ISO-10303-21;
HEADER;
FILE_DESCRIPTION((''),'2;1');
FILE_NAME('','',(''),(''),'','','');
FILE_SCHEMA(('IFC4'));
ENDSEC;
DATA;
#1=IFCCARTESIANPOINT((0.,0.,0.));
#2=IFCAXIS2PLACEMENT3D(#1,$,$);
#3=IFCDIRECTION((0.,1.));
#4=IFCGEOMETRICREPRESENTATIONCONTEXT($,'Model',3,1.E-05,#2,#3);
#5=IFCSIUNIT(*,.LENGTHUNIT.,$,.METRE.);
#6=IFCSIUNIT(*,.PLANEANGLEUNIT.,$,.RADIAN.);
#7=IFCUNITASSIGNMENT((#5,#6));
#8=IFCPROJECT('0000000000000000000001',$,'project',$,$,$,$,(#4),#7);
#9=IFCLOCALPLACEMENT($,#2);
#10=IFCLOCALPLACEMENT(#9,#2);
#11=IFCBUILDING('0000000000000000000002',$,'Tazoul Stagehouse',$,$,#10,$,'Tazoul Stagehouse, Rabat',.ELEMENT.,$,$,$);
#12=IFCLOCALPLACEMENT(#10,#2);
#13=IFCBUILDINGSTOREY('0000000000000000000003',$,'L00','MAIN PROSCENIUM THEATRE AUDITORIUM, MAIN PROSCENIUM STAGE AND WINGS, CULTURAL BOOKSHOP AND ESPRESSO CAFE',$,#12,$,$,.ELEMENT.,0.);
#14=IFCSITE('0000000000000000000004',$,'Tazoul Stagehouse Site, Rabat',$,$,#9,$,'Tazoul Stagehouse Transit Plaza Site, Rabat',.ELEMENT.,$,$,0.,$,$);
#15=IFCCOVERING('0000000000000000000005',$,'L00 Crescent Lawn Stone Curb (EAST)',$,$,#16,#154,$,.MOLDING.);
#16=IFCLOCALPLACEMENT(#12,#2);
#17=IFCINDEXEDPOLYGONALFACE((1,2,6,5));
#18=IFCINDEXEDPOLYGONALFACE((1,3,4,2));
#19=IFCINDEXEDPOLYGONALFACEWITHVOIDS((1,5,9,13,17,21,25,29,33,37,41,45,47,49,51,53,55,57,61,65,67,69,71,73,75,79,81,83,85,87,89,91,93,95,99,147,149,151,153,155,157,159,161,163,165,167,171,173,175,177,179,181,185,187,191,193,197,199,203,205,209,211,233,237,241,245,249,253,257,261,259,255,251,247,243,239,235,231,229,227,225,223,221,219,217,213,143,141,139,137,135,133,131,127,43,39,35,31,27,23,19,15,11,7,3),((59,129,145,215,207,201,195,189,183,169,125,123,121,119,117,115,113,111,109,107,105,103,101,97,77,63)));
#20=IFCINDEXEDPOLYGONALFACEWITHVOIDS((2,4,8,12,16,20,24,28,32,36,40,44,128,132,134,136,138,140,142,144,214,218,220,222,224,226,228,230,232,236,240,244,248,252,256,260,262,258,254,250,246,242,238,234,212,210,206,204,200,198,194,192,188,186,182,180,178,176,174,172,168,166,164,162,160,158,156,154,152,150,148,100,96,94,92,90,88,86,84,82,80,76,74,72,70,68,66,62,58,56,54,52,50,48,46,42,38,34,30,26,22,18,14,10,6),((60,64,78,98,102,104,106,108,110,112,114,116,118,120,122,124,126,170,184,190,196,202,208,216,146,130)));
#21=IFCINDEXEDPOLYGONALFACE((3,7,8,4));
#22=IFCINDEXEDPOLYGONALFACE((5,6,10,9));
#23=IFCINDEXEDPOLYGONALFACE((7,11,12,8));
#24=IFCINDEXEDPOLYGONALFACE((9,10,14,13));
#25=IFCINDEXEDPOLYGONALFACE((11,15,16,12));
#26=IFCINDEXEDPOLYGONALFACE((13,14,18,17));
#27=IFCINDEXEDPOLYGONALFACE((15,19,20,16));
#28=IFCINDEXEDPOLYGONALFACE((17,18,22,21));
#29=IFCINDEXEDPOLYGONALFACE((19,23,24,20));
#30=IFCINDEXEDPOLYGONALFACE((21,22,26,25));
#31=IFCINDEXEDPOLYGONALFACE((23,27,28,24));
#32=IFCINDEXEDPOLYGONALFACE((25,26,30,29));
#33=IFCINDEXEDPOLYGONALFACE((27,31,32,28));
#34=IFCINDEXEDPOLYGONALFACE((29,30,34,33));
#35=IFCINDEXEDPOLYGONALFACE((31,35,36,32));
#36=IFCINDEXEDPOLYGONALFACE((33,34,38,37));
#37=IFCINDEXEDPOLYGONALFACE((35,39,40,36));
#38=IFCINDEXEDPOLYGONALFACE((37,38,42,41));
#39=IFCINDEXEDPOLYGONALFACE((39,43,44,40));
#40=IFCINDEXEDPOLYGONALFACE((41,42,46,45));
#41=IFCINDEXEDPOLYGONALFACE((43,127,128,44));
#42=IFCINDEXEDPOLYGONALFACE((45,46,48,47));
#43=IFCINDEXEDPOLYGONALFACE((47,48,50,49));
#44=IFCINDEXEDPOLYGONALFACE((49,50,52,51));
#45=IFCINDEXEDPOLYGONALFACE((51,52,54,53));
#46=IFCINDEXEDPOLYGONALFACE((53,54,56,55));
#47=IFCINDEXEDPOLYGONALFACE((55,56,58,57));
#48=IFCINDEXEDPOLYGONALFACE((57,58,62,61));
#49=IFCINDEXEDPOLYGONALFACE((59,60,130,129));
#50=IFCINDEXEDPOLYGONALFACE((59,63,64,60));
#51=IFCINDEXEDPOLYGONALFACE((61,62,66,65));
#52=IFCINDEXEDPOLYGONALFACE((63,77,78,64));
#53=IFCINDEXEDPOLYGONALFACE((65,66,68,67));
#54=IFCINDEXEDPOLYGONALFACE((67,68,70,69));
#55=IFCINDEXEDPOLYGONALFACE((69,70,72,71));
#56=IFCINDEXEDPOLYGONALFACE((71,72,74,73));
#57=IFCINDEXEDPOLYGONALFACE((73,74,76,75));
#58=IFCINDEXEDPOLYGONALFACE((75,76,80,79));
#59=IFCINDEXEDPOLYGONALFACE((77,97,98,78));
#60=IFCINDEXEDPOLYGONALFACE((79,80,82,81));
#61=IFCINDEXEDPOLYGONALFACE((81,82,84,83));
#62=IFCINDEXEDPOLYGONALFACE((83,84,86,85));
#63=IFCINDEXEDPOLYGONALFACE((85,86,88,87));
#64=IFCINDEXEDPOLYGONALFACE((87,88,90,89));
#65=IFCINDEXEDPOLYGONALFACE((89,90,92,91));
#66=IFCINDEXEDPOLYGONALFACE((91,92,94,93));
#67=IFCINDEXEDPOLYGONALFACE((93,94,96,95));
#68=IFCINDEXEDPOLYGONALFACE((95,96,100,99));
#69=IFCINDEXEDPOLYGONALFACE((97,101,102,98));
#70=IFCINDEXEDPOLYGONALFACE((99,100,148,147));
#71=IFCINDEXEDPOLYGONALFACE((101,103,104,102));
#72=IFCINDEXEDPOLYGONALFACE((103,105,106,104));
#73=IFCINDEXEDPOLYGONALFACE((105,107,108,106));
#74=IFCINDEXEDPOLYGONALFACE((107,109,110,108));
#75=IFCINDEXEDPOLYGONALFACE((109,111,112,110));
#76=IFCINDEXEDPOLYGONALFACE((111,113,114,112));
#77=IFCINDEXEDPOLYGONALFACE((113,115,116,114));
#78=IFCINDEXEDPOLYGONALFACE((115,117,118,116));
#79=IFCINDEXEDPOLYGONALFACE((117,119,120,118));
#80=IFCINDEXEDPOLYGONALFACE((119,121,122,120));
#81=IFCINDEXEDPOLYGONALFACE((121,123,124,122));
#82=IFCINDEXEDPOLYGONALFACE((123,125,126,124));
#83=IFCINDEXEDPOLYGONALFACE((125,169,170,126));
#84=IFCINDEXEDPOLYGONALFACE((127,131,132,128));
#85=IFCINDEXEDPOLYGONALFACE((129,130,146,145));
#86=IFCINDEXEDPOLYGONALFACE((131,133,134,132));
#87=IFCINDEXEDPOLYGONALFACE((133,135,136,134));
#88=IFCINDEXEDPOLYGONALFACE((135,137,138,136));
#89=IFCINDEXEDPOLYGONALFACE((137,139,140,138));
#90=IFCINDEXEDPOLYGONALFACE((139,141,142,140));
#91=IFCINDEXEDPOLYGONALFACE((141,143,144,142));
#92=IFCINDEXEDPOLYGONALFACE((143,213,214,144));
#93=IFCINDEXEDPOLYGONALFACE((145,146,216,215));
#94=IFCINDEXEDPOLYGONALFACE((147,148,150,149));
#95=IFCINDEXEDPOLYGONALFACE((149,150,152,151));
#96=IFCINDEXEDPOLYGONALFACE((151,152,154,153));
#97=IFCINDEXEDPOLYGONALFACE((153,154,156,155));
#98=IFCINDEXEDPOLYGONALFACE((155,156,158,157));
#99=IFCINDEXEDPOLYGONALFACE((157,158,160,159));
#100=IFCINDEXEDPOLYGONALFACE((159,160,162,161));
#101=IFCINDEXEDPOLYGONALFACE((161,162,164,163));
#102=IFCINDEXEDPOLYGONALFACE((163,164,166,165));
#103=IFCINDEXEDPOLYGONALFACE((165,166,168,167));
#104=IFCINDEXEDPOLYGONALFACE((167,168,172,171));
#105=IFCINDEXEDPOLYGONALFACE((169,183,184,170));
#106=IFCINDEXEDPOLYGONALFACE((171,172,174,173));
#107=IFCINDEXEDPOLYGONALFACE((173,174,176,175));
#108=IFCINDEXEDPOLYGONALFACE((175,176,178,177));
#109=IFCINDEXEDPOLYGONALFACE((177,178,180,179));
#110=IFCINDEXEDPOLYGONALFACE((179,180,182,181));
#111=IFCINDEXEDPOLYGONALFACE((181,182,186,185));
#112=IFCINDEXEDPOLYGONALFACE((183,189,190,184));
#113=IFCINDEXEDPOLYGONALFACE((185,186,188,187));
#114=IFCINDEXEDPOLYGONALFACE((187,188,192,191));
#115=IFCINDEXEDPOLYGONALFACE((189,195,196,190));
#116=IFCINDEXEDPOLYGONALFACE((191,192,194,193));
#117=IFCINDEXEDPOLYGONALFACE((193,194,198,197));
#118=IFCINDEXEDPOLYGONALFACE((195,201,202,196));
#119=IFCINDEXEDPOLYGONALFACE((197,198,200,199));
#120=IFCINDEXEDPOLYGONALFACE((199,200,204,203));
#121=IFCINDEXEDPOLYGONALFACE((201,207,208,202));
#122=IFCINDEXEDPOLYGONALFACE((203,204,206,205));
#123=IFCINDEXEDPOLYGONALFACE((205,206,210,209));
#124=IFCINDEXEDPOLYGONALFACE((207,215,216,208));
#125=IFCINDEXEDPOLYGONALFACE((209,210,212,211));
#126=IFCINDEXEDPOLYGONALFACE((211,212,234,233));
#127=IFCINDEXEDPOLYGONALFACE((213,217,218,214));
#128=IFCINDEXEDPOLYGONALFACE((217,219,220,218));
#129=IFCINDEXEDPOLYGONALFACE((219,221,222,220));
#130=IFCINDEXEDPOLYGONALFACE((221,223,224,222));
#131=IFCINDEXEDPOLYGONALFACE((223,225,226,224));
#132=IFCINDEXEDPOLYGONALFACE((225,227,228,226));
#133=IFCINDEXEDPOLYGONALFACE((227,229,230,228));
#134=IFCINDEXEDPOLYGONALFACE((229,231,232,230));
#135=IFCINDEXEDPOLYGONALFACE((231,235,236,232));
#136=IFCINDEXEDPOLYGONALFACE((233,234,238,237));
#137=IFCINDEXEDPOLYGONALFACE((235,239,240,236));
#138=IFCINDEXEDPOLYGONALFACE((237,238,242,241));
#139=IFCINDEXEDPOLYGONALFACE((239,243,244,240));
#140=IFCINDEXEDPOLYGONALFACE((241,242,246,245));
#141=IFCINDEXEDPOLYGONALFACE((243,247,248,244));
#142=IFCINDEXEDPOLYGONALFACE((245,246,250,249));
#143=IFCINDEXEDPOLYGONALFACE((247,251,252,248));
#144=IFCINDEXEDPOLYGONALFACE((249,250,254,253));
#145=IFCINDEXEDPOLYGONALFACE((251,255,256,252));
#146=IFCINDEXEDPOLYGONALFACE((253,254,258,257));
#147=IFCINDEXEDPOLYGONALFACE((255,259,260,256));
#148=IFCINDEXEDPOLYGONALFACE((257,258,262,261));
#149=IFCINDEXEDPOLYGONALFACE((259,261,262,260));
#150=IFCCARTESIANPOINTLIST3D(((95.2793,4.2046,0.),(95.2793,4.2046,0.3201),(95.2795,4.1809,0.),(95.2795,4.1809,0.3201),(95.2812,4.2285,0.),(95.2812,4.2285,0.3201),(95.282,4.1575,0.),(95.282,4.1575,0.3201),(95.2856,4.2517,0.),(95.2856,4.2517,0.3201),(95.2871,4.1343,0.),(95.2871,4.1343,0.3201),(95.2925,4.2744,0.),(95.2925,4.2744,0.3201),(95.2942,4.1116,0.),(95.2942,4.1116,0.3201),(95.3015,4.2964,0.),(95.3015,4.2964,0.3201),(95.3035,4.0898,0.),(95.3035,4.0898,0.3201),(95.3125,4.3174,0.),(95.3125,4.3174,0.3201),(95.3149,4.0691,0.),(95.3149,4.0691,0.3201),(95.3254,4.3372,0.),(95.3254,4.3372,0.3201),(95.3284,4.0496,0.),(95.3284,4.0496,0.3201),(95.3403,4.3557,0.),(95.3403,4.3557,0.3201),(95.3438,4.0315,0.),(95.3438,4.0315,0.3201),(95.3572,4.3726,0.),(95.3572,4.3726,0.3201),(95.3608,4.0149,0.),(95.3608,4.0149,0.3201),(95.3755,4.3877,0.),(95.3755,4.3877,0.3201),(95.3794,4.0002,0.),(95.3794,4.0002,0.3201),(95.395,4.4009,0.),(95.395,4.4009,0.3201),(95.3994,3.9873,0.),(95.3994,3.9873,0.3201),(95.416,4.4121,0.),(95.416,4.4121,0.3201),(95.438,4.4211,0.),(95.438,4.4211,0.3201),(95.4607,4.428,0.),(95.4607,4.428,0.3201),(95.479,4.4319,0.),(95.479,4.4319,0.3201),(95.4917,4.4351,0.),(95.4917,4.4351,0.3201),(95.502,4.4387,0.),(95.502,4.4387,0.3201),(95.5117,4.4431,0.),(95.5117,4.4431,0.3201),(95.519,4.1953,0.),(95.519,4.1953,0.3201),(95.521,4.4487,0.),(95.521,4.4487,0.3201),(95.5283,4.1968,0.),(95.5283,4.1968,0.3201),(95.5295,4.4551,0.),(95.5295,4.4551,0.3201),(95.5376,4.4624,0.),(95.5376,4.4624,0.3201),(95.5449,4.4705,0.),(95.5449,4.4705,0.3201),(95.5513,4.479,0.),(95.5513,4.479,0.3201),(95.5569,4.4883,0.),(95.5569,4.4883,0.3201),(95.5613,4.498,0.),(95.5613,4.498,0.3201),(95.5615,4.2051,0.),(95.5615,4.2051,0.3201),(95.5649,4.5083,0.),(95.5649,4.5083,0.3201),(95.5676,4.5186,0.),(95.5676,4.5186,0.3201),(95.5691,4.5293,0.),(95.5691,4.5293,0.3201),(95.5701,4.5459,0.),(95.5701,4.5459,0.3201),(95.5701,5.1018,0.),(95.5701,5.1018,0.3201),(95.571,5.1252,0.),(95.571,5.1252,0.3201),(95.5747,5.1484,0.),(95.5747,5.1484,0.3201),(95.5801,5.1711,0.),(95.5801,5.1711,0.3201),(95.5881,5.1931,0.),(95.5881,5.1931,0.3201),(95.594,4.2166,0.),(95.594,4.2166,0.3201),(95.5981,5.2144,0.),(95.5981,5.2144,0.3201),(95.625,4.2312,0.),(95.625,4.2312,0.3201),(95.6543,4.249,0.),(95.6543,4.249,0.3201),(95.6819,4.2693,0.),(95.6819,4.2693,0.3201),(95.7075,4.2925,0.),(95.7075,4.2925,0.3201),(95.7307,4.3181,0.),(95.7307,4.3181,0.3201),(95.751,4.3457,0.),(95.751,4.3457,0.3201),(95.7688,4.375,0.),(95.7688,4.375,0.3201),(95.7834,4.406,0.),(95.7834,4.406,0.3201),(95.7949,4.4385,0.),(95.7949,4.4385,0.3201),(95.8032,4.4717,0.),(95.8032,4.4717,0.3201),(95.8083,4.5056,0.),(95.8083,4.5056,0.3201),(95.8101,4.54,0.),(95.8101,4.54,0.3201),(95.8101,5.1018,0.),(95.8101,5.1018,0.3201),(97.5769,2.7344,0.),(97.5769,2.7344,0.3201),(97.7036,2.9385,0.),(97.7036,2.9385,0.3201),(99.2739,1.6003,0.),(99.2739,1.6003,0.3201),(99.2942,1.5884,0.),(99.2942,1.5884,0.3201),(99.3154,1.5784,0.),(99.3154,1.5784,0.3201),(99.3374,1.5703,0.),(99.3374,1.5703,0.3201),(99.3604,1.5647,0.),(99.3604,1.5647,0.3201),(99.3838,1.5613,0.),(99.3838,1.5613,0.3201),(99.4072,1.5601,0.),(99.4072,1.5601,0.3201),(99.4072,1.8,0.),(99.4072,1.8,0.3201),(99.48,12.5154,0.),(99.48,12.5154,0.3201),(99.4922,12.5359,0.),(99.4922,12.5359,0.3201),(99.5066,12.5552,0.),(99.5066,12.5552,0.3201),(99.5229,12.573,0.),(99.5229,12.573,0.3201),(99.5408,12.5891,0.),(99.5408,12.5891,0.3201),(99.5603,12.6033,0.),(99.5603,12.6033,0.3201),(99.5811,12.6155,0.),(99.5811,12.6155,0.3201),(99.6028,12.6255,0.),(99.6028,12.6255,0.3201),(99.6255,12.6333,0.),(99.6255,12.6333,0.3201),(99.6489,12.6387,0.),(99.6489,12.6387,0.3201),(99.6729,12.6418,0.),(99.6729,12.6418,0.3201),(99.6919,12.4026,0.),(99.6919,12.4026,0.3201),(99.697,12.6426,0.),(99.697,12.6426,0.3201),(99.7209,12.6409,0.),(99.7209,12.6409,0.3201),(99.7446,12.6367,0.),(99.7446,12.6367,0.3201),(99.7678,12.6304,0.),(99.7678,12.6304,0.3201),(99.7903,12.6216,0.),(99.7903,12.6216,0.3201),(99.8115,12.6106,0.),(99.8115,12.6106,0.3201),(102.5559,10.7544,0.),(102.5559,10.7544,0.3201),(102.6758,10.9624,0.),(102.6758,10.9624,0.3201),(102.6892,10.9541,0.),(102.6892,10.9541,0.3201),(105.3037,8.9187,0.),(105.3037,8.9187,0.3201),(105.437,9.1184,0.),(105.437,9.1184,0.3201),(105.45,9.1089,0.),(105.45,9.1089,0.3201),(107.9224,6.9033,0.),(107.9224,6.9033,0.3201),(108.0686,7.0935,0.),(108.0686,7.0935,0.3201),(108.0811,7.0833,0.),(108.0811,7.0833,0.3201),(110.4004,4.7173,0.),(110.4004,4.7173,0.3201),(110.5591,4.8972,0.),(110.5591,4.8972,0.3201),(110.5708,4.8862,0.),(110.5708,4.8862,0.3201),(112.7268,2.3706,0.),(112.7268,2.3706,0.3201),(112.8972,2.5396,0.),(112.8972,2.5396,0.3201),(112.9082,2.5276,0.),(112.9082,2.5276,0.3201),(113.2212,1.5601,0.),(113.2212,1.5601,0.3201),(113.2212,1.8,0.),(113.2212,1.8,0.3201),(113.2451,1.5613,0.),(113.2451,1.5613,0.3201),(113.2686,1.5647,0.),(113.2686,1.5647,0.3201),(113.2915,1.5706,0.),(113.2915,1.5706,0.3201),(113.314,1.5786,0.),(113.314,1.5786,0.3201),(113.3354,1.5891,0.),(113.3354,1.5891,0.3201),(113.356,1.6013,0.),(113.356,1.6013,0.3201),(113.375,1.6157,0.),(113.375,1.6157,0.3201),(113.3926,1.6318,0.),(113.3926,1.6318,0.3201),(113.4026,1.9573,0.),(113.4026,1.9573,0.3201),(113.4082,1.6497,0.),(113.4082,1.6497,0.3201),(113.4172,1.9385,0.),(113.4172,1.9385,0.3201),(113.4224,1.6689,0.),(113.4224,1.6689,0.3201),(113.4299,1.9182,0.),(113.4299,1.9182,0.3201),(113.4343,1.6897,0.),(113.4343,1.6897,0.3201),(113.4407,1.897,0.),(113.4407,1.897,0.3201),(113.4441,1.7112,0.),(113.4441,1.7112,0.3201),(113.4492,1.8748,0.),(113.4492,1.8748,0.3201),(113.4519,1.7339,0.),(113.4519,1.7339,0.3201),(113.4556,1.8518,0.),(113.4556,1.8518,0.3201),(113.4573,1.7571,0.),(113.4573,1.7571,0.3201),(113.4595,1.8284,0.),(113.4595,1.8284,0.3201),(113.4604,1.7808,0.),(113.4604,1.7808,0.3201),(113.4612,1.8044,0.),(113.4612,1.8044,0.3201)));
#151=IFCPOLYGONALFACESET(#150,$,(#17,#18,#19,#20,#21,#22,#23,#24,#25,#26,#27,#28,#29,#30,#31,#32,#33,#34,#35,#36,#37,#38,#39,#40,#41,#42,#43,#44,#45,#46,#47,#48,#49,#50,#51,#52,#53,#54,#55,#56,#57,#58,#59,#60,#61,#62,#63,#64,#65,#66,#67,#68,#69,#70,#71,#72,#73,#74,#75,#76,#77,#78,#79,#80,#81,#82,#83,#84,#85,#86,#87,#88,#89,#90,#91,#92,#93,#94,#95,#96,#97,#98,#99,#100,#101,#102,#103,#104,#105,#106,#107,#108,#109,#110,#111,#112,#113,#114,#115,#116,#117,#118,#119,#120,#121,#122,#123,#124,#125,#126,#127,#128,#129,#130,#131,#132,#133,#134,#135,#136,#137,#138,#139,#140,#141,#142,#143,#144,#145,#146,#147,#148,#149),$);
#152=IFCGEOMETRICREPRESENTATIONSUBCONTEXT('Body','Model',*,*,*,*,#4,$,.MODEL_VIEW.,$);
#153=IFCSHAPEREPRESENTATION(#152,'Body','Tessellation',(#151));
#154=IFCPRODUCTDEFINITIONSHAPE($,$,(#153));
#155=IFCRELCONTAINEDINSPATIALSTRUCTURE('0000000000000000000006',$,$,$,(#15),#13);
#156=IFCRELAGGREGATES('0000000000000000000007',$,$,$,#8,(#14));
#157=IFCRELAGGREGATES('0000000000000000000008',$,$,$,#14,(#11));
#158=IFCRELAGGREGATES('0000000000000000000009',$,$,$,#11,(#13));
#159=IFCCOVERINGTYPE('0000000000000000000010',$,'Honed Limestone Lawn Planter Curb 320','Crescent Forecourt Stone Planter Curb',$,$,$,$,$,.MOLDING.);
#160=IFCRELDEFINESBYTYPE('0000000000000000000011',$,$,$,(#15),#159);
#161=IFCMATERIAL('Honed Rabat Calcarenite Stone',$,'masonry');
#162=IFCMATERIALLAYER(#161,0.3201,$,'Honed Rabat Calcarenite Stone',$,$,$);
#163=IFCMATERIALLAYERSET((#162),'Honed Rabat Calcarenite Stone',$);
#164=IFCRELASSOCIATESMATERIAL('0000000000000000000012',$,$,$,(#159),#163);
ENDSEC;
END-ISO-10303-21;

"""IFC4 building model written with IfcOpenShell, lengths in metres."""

from ifc_helpers import new_model, si_unit, direction, origin, place, context, subcontext, project, spatial, polyline, outline, extrude, material, layer, layer_set, type_object, element, save


model = new_model("IFC4")

# Units and contexts
model_context = context("Model", 3, precision=1e-05, world=origin(), true_north=direction((0.0, 1.0)))
body_context = subcontext(model_context, "Body", "Model", "MODEL_VIEW")
ifc_project = project(units=[si_unit("LENGTHUNIT", "METRE"), si_unit("PLANEANGLEUNIT", "RADIAN")], contexts=[model_context])

# Site, building, storey
site_placement = place(None, origin())
site = spatial("IfcSite", under=ifc_project, at=site_placement, Name="Tazoul Stagehouse Site, Rabat", LongName="Tazoul Stagehouse Transit Plaza Site, Rabat", CompositionType="ELEMENT", RefElevation=0.0)
building_placement = place(site_placement, origin())
building = spatial("IfcBuilding", under=site, at=building_placement, Name="Tazoul Stagehouse", LongName="Tazoul Stagehouse, Rabat", CompositionType="ELEMENT")
storey_placement = place(building_placement, origin())
storey = spatial("IfcBuildingStorey", under=building, at=storey_placement, Name="L00", Description="MAIN PROSCENIUM THEATRE AUDITORIUM, MAIN PROSCENIUM STAGE AND WINGS, CULTURAL BOOKSHOP AND ESPRESSO CAFE", CompositionType="ELEMENT", Elevation=0.0)

# Covering
ifc_material_1 = material(Name="Honed Rabat Calcarenite Stone", Category="masonry")
ifc_layer_1 = layer(ifc_material_1, 0.3201, Name="Honed Rabat Calcarenite Stone")
ifc_layer_set_1 = layer_set([ifc_layer_1], Name="Honed Rabat Calcarenite Stone")
covering_type_1 = type_object("IfcCoveringType", Name="Honed Limestone Lawn Planter Curb 320", Description="Crescent Forecourt Stone Planter Curb", PredefinedType="MOLDING", material=ifc_layer_set_1)
covering_1_placement = place(storey_placement, origin())
element("IfcCovering", 1, at=covering_1_placement, inside=storey, type_object=covering_type_1, Name="L00 Crescent Lawn Stone Curb (EAST)", PredefinedType="MOLDING", context=body_context, shape_type="SweptSolid", body=[
    extrude(outline(polyline([(95.4917, 4.4351), (95.502, 4.4387), (95.5117, 4.4431), (95.521, 4.4487), (95.5295, 4.4551), (95.5376, 4.4624), (95.5449, 4.4705), (95.5513, 4.479), (95.5569, 4.4883), (95.5613, 4.498), (95.5649, 4.5083), (95.5676, 4.5186), (95.5691, 4.5293), (95.5701, 4.5459), (95.5701, 5.1018), (95.571, 5.1252), (95.5747, 5.1484), (95.5801, 5.1711), (95.5881, 5.1931), (95.5981, 5.2144), (99.48, 12.5154), (99.4922, 12.5359), (99.5066, 12.5552), (99.5229, 12.573), (99.5408, 12.5891), (99.5603, 12.6033), (99.5811, 12.6155), (99.6028, 12.6255), (99.6255, 12.6333), (99.6489, 12.6387), (99.6729, 12.6418), (99.697, 12.6426), (99.7209, 12.6409), (99.7446, 12.6367), (99.7678, 12.6304), (99.7903, 12.6216), (99.8115, 12.6106), (102.6758, 10.9624), (102.6892, 10.9541), (105.437, 9.1184), (105.45, 9.1089), (108.0686, 7.0935), (108.0811, 7.0833), (110.5591, 4.8972), (110.5708, 4.8862), (112.8972, 2.5396), (112.9082, 2.5276), (113.4026, 1.9573), (113.4172, 1.9385), (113.4299, 1.9182), (113.4407, 1.897), (113.4492, 1.8748), (113.4556, 1.8518), (113.4595, 1.8284), (113.4612, 1.8044), (113.4604, 1.7808), (113.4573, 1.7571), (113.4519, 1.7339), (113.4441, 1.7112), (113.4343, 1.6897), (113.4224, 1.6689), (113.4082, 1.6497), (113.3926, 1.6318), (113.375, 1.6157), (113.356, 1.6013), (113.3354, 1.5891), (113.314, 1.5786), (113.2915, 1.5706), (113.2686, 1.5647), (113.2451, 1.5613), (113.2212, 1.5601), (99.4072, 1.5601), (99.3838, 1.5613), (99.3604, 1.5647), (99.3374, 1.5703), (99.3154, 1.5784), (99.2942, 1.5884), (99.2739, 1.6003), (97.5769, 2.7344), (95.3994, 3.9873), (95.3794, 4.0002), (95.3608, 4.0149), (95.3438, 4.0315), (95.3284, 4.0496), (95.3149, 4.0691), (95.3035, 4.0898), (95.2942, 4.1116), (95.2871, 4.1343), (95.282, 4.1575), (95.2795, 4.1809), (95.2793, 4.2046), (95.2812, 4.2285), (95.2856, 4.2517), (95.2925, 4.2744), (95.3015, 4.2964), (95.3125, 4.3174), (95.3254, 4.3372), (95.3403, 4.3557), (95.3572, 4.3726), (95.3755, 4.3877), (95.395, 4.4009), (95.416, 4.4121), (95.438, 4.4211), (95.4607, 4.428), (95.479, 4.4319), (95.4917, 4.4351)]), holes=[polyline([(95.8101, 5.1018), (95.8101, 4.54), (95.8083, 4.5056), (95.8032, 4.4717), (95.7949, 4.4385), (95.7834, 4.406), (95.7688, 4.375), (95.751, 4.3457), (95.7307, 4.3181), (95.7075, 4.2925), (95.6819, 4.2693), (95.6543, 4.249), (95.625, 4.2312), (95.594, 4.2166), (95.5615, 4.2051), (95.5283, 4.1968), (95.519, 4.1953), (97.7036, 2.9385), (99.4072, 1.8), (113.2212, 1.8), (112.7268, 2.3706), (110.4004, 4.7173), (107.9224, 6.9033), (105.3037, 8.9187), (102.5559, 10.7544), (99.6919, 12.4026), (95.8101, 5.1018)])]), origin(), (0.0, 0.0, 1.0), 0.3201),
])

save(model, "model.ifc")
